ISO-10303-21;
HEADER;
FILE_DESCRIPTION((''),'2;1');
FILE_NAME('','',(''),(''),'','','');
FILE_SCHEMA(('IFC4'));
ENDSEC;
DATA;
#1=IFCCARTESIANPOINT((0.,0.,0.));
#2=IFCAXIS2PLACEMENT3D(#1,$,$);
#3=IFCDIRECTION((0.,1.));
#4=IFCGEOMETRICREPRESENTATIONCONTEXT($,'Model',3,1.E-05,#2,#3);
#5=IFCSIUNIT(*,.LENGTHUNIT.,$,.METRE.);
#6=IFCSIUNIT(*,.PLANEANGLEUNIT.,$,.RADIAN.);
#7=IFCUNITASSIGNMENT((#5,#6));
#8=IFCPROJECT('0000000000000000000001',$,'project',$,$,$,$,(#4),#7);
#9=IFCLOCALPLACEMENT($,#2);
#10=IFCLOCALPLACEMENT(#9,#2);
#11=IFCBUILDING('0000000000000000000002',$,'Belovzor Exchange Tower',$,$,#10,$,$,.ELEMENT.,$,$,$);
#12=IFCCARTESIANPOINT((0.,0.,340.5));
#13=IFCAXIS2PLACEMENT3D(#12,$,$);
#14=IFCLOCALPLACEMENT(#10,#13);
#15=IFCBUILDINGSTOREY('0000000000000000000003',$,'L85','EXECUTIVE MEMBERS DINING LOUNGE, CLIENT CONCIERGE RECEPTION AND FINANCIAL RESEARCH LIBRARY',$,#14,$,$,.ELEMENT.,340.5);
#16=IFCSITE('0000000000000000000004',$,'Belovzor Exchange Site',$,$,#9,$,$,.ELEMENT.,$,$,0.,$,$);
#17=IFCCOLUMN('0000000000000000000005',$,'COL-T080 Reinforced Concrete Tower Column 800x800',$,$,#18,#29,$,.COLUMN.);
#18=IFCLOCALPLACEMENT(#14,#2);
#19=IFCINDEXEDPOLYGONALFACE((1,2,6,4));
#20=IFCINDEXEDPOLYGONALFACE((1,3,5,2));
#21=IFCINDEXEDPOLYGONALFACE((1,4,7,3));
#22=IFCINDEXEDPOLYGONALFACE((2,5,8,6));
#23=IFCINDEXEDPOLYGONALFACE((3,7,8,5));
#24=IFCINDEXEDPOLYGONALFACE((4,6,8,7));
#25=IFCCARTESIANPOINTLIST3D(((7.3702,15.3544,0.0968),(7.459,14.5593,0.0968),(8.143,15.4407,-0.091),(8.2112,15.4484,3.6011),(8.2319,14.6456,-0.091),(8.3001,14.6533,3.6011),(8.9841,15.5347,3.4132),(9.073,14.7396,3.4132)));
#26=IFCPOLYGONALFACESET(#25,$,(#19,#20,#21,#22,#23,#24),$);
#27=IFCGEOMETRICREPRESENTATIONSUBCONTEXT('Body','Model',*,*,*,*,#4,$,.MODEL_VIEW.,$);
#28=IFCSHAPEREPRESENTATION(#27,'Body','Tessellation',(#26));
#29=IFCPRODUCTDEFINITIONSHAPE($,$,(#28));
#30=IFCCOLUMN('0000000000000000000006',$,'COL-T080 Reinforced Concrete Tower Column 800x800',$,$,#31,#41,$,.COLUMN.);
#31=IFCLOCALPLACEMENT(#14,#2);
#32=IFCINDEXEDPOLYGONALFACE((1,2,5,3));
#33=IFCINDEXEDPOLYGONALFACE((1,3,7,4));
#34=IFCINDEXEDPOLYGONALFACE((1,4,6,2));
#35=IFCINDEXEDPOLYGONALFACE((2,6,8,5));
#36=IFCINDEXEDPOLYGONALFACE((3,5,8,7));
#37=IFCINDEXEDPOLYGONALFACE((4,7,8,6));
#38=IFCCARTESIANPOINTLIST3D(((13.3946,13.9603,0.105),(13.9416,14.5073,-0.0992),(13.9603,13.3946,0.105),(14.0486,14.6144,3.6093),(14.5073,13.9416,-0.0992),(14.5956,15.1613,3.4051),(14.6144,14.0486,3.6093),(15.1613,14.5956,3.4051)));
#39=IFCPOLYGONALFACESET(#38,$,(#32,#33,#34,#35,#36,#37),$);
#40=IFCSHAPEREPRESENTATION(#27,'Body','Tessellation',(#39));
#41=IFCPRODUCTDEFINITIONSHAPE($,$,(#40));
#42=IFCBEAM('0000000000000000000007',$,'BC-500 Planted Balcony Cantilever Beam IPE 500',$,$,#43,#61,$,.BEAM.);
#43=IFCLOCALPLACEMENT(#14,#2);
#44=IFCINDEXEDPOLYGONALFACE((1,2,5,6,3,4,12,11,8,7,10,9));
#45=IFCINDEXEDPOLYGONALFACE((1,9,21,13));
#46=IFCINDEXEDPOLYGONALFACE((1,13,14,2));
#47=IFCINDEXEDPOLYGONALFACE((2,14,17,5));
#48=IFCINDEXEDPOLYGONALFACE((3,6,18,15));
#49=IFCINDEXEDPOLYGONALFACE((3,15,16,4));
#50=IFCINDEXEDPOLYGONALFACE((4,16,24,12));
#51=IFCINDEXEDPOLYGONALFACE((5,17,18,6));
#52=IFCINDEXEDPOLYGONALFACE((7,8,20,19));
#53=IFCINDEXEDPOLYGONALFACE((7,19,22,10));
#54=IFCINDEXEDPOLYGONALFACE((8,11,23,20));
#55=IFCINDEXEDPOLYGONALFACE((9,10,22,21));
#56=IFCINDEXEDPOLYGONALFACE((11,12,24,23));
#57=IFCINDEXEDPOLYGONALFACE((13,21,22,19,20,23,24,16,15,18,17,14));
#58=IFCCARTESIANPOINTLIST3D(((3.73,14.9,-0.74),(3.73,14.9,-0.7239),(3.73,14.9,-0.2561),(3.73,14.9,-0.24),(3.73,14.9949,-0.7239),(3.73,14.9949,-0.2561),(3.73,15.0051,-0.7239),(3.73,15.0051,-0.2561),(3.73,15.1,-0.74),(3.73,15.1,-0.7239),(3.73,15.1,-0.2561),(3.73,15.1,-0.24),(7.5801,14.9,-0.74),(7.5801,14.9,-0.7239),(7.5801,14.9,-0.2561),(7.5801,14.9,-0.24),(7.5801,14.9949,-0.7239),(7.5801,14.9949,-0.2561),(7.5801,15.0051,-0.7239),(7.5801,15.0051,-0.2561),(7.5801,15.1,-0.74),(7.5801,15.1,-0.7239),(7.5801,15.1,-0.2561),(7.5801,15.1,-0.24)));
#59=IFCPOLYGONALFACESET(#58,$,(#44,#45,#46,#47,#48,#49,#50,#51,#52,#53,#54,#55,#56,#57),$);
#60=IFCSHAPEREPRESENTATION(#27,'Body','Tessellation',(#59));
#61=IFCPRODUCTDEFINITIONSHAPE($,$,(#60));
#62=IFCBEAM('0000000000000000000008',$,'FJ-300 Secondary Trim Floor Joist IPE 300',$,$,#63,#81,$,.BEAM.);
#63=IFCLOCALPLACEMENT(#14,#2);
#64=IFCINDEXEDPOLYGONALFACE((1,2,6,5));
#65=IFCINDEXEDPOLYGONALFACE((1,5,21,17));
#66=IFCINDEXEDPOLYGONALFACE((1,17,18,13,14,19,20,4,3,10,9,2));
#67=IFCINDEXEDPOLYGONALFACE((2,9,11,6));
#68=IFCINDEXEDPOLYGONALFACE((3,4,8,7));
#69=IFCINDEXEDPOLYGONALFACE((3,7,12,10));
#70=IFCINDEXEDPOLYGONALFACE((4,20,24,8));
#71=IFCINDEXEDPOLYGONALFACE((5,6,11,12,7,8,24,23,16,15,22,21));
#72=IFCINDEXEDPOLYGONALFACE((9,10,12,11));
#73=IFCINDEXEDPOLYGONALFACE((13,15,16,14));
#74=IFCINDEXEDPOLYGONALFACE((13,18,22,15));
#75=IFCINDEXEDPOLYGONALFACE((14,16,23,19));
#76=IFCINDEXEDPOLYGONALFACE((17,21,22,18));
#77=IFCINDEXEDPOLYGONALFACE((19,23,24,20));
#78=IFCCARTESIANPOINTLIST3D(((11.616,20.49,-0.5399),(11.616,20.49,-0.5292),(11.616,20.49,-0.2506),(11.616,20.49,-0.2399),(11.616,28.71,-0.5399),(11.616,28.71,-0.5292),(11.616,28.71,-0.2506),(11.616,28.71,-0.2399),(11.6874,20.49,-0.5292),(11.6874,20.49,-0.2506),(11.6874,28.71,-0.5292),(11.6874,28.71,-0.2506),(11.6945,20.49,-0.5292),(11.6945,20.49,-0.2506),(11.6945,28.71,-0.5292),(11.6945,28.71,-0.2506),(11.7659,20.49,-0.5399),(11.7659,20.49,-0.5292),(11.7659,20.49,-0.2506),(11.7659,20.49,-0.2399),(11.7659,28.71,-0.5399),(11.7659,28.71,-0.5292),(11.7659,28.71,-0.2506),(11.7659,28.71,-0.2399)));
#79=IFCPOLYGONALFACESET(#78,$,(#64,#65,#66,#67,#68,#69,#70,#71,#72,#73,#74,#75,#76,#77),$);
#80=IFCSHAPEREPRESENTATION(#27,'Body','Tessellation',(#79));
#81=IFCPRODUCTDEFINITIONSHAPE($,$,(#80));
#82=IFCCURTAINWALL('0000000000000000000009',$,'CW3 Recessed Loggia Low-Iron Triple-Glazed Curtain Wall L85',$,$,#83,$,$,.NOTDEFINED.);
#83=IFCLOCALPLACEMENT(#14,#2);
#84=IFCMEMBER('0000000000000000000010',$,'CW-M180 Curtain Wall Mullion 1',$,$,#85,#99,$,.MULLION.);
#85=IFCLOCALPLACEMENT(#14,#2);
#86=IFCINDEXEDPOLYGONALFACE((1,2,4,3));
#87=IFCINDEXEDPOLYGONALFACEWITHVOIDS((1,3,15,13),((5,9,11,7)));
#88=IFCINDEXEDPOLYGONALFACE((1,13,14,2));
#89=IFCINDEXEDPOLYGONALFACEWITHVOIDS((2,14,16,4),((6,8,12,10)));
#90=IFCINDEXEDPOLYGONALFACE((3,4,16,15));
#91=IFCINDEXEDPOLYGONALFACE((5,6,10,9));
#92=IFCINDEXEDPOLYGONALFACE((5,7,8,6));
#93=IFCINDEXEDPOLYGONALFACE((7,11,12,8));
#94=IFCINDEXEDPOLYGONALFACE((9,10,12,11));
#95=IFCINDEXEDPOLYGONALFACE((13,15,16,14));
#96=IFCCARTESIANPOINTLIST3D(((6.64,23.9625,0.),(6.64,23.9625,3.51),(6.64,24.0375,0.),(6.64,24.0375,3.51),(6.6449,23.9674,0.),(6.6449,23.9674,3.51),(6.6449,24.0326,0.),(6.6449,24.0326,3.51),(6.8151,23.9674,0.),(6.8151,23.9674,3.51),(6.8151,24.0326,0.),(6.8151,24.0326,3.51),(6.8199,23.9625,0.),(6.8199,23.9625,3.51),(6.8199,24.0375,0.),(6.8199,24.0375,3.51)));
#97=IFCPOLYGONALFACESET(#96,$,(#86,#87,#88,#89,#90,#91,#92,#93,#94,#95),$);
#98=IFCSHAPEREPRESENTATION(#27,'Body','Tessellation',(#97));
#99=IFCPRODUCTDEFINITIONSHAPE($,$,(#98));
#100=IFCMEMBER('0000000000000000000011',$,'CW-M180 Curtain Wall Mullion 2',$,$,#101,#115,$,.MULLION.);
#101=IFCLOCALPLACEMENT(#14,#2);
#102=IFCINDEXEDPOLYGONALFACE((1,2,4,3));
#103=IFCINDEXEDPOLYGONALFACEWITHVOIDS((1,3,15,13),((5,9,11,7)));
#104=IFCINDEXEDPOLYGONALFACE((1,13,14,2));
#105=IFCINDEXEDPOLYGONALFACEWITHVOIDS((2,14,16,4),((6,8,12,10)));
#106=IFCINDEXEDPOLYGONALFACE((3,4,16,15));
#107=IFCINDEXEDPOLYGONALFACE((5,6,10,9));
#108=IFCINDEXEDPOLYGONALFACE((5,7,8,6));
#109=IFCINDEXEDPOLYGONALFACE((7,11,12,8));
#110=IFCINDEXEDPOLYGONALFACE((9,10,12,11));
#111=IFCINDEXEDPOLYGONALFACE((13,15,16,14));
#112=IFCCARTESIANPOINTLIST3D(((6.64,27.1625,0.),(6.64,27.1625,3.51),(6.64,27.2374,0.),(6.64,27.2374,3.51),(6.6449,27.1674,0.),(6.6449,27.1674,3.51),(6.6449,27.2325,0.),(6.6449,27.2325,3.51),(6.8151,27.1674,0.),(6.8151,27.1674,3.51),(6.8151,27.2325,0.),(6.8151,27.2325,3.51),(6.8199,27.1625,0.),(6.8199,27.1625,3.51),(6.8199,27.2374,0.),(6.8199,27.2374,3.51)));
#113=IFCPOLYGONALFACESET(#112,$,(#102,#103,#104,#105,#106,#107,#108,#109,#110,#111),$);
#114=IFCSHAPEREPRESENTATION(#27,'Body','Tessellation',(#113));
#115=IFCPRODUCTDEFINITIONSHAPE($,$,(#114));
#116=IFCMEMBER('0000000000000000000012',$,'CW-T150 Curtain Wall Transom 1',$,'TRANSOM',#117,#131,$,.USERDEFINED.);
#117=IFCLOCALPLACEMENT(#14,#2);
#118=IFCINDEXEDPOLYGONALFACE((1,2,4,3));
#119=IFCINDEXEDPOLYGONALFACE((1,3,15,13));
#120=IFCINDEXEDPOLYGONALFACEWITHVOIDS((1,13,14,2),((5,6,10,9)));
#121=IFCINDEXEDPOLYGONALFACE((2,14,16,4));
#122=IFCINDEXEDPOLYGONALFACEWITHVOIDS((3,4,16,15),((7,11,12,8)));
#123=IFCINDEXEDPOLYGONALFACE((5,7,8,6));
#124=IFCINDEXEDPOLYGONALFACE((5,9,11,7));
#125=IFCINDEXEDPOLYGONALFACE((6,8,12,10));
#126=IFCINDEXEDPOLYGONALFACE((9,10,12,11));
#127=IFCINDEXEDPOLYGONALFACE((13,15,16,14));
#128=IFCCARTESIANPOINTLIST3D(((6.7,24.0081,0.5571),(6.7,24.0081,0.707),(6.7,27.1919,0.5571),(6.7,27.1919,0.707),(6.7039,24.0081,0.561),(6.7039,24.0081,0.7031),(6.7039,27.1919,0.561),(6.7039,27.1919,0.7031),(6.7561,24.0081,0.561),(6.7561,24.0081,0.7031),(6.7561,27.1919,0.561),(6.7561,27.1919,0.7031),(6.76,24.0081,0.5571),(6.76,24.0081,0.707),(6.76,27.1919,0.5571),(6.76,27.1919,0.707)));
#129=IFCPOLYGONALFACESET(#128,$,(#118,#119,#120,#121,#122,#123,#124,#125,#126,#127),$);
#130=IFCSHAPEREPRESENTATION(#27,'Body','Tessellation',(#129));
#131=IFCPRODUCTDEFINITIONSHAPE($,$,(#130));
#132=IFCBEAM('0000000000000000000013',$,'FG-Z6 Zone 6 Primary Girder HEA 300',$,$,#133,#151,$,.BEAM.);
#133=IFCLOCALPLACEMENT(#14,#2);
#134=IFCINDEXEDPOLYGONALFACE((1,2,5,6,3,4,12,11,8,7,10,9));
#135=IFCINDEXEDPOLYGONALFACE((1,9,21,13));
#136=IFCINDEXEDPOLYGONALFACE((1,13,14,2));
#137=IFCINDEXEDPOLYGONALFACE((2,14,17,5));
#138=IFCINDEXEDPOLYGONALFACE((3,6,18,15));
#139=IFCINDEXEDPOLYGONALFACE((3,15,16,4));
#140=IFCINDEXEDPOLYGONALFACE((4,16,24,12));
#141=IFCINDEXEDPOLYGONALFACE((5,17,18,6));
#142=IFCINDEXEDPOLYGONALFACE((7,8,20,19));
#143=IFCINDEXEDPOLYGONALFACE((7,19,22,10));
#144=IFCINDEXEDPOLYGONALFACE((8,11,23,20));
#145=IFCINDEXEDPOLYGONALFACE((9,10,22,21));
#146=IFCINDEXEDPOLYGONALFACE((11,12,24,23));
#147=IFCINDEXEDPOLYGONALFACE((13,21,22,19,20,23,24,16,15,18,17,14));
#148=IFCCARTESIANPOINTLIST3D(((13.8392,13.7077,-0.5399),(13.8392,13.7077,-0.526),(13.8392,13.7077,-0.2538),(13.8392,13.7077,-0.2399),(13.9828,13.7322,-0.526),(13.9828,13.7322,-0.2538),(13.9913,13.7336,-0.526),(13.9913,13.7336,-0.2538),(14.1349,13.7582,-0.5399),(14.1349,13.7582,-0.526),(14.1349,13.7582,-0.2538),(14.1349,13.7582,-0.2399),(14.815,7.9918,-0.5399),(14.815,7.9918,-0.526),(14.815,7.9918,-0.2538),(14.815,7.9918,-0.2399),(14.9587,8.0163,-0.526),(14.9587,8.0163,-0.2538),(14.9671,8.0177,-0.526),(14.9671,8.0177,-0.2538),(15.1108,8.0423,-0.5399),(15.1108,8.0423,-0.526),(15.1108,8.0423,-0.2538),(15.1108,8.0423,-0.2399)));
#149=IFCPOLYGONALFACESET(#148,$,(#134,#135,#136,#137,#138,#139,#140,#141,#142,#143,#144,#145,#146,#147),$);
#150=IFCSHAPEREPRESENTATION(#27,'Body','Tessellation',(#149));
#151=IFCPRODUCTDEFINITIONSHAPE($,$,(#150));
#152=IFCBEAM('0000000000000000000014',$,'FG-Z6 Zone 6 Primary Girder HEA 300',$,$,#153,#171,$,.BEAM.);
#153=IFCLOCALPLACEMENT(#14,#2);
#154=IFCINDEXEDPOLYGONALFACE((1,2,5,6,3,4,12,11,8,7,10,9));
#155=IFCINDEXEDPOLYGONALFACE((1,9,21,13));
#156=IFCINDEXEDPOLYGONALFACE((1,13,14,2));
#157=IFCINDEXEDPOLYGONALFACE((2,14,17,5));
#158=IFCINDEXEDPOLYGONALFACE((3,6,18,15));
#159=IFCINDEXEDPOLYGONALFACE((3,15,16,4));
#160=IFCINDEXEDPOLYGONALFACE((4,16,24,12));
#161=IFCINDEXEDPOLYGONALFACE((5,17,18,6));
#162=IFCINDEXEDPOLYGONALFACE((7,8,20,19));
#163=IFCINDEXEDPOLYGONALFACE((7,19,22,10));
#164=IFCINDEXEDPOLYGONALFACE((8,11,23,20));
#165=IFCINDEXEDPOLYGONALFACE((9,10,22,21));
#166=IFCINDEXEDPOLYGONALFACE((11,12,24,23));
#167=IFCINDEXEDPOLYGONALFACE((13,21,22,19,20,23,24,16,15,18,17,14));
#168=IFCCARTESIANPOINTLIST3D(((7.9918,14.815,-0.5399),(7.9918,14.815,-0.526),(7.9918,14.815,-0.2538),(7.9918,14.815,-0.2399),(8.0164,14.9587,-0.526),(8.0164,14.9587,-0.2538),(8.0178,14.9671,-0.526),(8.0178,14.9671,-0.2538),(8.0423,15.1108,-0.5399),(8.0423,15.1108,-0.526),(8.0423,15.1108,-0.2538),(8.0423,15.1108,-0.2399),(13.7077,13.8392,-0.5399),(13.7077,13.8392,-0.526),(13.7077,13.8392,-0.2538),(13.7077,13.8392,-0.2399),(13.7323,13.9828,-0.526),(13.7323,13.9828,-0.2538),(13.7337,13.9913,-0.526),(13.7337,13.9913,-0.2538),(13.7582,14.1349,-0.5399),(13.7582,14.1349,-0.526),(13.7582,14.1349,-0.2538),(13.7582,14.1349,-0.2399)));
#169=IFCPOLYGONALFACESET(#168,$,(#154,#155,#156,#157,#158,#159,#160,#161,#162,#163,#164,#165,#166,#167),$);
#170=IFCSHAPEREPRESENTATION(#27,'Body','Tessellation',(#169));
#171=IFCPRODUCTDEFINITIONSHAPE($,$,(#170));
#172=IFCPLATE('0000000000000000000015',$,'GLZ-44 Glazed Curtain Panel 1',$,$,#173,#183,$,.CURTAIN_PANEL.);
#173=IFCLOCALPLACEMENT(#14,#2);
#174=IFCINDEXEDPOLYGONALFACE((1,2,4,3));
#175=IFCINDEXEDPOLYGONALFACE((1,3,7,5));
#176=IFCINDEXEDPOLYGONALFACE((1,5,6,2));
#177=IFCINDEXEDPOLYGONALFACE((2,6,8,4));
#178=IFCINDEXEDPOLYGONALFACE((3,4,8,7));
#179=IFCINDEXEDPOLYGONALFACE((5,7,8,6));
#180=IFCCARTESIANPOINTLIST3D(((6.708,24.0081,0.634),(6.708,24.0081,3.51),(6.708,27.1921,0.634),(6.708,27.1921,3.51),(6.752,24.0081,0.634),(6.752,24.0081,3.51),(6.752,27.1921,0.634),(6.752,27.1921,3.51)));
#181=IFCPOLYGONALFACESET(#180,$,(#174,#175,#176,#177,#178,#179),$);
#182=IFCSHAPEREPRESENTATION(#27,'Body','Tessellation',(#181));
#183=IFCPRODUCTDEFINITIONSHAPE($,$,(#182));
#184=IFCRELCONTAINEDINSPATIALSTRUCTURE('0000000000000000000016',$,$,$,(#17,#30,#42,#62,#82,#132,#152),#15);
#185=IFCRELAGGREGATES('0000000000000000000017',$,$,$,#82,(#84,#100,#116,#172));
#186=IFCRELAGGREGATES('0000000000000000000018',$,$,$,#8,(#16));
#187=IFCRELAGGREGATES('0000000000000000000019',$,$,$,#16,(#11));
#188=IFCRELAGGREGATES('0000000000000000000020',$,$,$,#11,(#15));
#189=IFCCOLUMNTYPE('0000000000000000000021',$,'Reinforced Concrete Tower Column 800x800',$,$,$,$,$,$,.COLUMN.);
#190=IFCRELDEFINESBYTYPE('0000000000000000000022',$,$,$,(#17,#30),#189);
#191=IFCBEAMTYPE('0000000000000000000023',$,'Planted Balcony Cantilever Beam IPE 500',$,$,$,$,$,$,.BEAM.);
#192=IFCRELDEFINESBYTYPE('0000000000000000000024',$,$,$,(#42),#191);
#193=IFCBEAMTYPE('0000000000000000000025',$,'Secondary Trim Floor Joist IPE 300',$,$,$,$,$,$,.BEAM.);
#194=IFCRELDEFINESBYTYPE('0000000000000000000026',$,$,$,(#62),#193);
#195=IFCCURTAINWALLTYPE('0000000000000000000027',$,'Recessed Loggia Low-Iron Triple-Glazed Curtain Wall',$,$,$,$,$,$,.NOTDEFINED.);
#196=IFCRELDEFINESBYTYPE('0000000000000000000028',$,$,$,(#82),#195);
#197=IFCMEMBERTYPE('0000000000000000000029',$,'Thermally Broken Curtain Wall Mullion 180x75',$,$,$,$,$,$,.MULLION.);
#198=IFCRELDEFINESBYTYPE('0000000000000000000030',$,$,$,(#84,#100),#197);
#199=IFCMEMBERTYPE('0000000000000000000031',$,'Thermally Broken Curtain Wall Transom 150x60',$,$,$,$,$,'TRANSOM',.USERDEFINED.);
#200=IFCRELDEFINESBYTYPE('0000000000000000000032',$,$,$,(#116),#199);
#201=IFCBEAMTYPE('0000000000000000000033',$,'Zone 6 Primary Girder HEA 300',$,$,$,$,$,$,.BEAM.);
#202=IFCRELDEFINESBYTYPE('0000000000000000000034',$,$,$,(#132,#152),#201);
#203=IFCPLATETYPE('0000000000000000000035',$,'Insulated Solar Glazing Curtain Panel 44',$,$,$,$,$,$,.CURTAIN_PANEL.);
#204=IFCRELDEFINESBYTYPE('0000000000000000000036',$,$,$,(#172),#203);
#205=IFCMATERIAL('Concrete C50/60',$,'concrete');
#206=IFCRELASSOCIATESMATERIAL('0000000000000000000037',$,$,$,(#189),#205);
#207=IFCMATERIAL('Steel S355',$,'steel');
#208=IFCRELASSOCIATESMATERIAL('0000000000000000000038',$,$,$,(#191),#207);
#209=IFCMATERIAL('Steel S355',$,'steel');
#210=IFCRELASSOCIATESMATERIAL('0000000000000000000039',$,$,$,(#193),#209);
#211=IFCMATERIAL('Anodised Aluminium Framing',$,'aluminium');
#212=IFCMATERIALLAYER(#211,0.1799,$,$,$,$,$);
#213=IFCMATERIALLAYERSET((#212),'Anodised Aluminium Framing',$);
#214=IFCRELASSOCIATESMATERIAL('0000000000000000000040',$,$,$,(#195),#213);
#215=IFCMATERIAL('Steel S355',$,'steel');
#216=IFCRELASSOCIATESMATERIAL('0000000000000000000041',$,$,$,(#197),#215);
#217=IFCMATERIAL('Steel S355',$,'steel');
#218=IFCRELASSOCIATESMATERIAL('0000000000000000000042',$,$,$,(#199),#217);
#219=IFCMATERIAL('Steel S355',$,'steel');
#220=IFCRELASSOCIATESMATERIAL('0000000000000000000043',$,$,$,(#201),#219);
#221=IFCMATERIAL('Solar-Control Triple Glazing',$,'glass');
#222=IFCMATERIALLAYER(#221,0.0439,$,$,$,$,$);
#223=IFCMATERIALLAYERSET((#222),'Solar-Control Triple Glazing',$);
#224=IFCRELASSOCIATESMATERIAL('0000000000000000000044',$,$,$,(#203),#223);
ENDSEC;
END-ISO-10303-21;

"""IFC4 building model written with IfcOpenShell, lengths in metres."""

from ifc_helpers import new_model, si_unit, direction, frame, origin, origin_2d, place, context, subcontext, project, spatial, rectangle, hollow_rectangle, i_section, extrude, material, layer, layer_set, material_profile, profile_set, type_object, element, aggregate, save


model = new_model("IFC4")

# Units and contexts
model_context = context("Model", 3, precision=1e-05, world=origin(), true_north=direction((0.0, 1.0)))
body_context = subcontext(model_context, "Body", "Model", "MODEL_VIEW")
ifc_project = project(units=[si_unit("LENGTHUNIT", "METRE"), si_unit("PLANEANGLEUNIT", "RADIAN")], contexts=[model_context])

# Site, building, storey
site_placement = place(None, origin())
site = spatial("IfcSite", under=ifc_project, at=site_placement, Name="Belovzor Exchange Site", CompositionType="ELEMENT", RefElevation=0.0)
building_placement = place(site_placement, origin())
building = spatial("IfcBuilding", under=site, at=building_placement, Name="Belovzor Exchange Tower", CompositionType="ELEMENT")
storey_placement = place(building_placement, frame((0.0, 0.0, 340.5)))
storey = spatial("IfcBuildingStorey", under=building, at=storey_placement, Name="L85", Description="EXECUTIVE MEMBERS DINING LOUNGE, CLIENT CONCIERGE RECEPTION AND FINANCIAL RESEARCH LIBRARY", CompositionType="ELEMENT", Elevation=340.5)

# Columns
ifc_material_1 = material(Name="Concrete C50/60", Category="concrete")
ifc_material_profile_1 = material_profile(ifc_material_1, rectangle(XDim=0.8, YDim=0.8, at=origin_2d()))
ifc_profile_set_1 = profile_set([ifc_material_profile_1], Name="Concrete C50/60")
column_type = type_object("IfcColumnType", Name="Reinforced Concrete Tower Column 800x800", PredefinedType="COLUMN", material=ifc_profile_set_1)
column_1_placement = place(storey_placement, frame((7.801, 15.0, 0.0029), z_axis=(0.233312, 0.026074, 0.972052), x_axis=(-0.111065, 0.993813, 0.0)))
element("IfcColumn", 1, at=column_1_placement, inside=storey, type_object=column_type, Name="COL-T080 Reinforced Concrete Tower Column 800x800", PredefinedType="COLUMN", context=body_context, shape_type="SweptSolid", body=[
    extrude(rectangle(XDim=0.8, YDim=0.8, at=origin_2d()), origin(), (0.0, 0.0, 1.0), 3.605),
])
column_2_placement = place(storey_placement, frame((13.9509, 13.9509, 0.0029), z_axis=(0.180469, 0.180469, 0.966882), x_axis=(-0.707107, 0.707107, 0.0)))
element("IfcColumn", 2, at=column_2_placement, inside=storey, type_object=column_type, Name="COL-T080 Reinforced Concrete Tower Column 800x800", PredefinedType="COLUMN", context=body_context, shape_type="SweptSolid", body=[
    extrude(rectangle(XDim=0.8, YDim=0.8, at=origin_2d()), origin(), (0.0, 0.0, 1.0), 3.6243),
])

# Beams
ifc_material_2 = material(Name="Steel S355", Category="steel")
ifc_material_profile_2 = material_profile(ifc_material_2, i_section(OverallWidth=0.2, OverallDepth=0.5, WebThickness=0.0103, FlangeThickness=0.0161, at=origin_2d()))
ifc_profile_set_2 = profile_set([ifc_material_profile_2], Name="Steel S355")
beam_type_1 = type_object("IfcBeamType", Name="Planted Balcony Cantilever Beam IPE 500", PredefinedType="BEAM", material=ifc_profile_set_2)
beam_1_placement = place(storey_placement, frame((7.5801, 15.0, -0.49), z_axis=(-1.0, 0.0, 0.0), x_axis=(0.0, -1.0, 0.0)))
element("IfcBeam", 3, at=beam_1_placement, inside=storey, type_object=beam_type_1, Name="BC-500 Planted Balcony Cantilever Beam IPE 500", PredefinedType="BEAM", context=body_context, shape_type="SweptSolid", body=[
    extrude(i_section(OverallWidth=0.2, OverallDepth=0.5, WebThickness=0.0103, FlangeThickness=0.0161, at=origin_2d()), origin(), (0.0, 0.0, 1.0), 3.8501),
])
ifc_material_3 = material(Name="Steel S355", Category="steel")
ifc_material_profile_3 = material_profile(ifc_material_3, i_section(OverallWidth=0.1499, OverallDepth=0.3, WebThickness=0.0071, FlangeThickness=0.0107, at=origin_2d()))
ifc_profile_set_3 = profile_set([ifc_material_profile_3], Name="Steel S355")
beam_type_2 = type_object("IfcBeamType", Name="Secondary Trim Floor Joist IPE 300", PredefinedType="BEAM", material=ifc_profile_set_3)
beam_2_placement = place(storey_placement, frame((11.6909, 20.49, -0.3899), z_axis=(0.0, 1.0, 0.0), x_axis=(-1.0, 0.0, 0.0)))
element("IfcBeam", 4, at=beam_2_placement, inside=storey, type_object=beam_type_2, Name="FJ-300 Secondary Trim Floor Joist IPE 300", PredefinedType="BEAM", context=body_context, shape_type="SweptSolid", body=[
    extrude(i_section(OverallWidth=0.1499, OverallDepth=0.3, WebThickness=0.0071, FlangeThickness=0.0107, at=origin_2d()), origin(), (0.0, 0.0, 1.0), 8.22),
])

# Curtain wall, members
ifc_material_4 = material(Name="Anodised Aluminium Framing", Category="aluminium")
ifc_layer_1 = layer(ifc_material_4, 0.1799)
ifc_layer_set_1 = layer_set([ifc_layer_1], Name="Anodised Aluminium Framing")
curtain_wall_type = type_object("IfcCurtainWallType", Name="Recessed Loggia Low-Iron Triple-Glazed Curtain Wall", PredefinedType="NOTDEFINED", material=ifc_layer_set_1)
curtain_wall_placement = place(storey_placement, origin())
curtain_wall = element("IfcCurtainWall", 5, at=curtain_wall_placement, inside=storey, type_object=curtain_wall_type, Name="CW3 Recessed Loggia Low-Iron Triple-Glazed Curtain Wall L85", PredefinedType="NOTDEFINED")
ifc_material_5 = material(Name="Steel S355", Category="steel")
ifc_material_profile_4 = material_profile(ifc_material_5, hollow_rectangle(XDim=0.075, YDim=0.1799, WallThickness=0.0049, at=origin_2d()))
ifc_profile_set_4 = profile_set([ifc_material_profile_4], Name="Steel S355")
member_type_1 = type_object("IfcMemberType", Name="Thermally Broken Curtain Wall Mullion 180x75", PredefinedType="MULLION", material=ifc_profile_set_4)
member_1_placement = place(storey_placement, frame((6.73, 24.0, 0.0), z_axis=(0.0, 0.0, 1.0), x_axis=(0.0, 1.0, 0.0)))
member_1 = element("IfcMember", 6, at=member_1_placement, type_object=member_type_1, Name="CW-M180 Curtain Wall Mullion 1", PredefinedType="MULLION", context=body_context, shape_type="SweptSolid", body=[
    extrude(hollow_rectangle(XDim=0.075, YDim=0.1799, WallThickness=0.0049, at=origin_2d()), origin(), (0.0, 0.0, 1.0), 3.51),
])
member_2_placement = place(storey_placement, frame((6.73, 27.2, 0.0), z_axis=(0.0, 0.0, 1.0), x_axis=(0.0, 1.0, 0.0)))
member_2 = element("IfcMember", 7, at=member_2_placement, type_object=member_type_1, Name="CW-M180 Curtain Wall Mullion 2", PredefinedType="MULLION", context=body_context, shape_type="SweptSolid", body=[
    extrude(hollow_rectangle(XDim=0.075, YDim=0.1799, WallThickness=0.0049, at=origin_2d()), origin(), (0.0, 0.0, 1.0), 3.51),
])
ifc_material_6 = material(Name="Steel S355", Category="steel")
ifc_material_profile_5 = material_profile(ifc_material_6, hollow_rectangle(XDim=0.0601, YDim=0.1499, WallThickness=0.0039, at=origin_2d()))
ifc_profile_set_5 = profile_set([ifc_material_profile_5], Name="Steel S355")
member_type_2 = type_object("IfcMemberType", Name="Thermally Broken Curtain Wall Transom 150x60", ElementType="TRANSOM", PredefinedType="USERDEFINED", material=ifc_profile_set_5)
member_3_placement = place(storey_placement, frame((6.73, 24.0081, 0.6321), z_axis=(0.0, 1.0, 0.0), x_axis=(-1.0, 0.0, 0.0)))
member_3 = element("IfcMember", 8, at=member_3_placement, type_object=member_type_2, Name="CW-T150 Curtain Wall Transom 1", ObjectType="TRANSOM", PredefinedType="USERDEFINED", context=body_context, shape_type="SweptSolid", body=[
    extrude(hollow_rectangle(XDim=0.0601, YDim=0.1499, WallThickness=0.0039, at=origin_2d()), origin(), (0.0, 0.0, 1.0), 3.1838),
])

# Beams
ifc_material_7 = material(Name="Steel S355", Category="steel")
ifc_material_profile_6 = material_profile(ifc_material_7, i_section(OverallWidth=0.3, OverallDepth=0.3, WebThickness=0.0085, FlangeThickness=0.0139, at=origin_2d()))
ifc_profile_set_6 = profile_set([ifc_material_profile_6], Name="Steel S355")
beam_type_3 = type_object("IfcBeamType", Name="Zone 6 Primary Girder HEA 300", PredefinedType="BEAM", material=ifc_profile_set_6)
for number, where, z_axis, x_axis, name in (
    (9, (13.9871, 13.7329, -0.3899), (0.168289, -0.985738, 0.0), (0.985738, 0.168289, 0.0), "FG-Z6 Zone 6 Primary Girder HEA 300"),
    (10, (8.0171, 14.9629, -0.3899), (0.985738, -0.168289, 0.0), (0.168289, 0.985738, 0.0), "FG-Z6 Zone 6 Primary Girder HEA 300"),
):
    element("IfcBeam", number, at=place(storey_placement, frame(where, z_axis=z_axis, x_axis=x_axis)), inside=storey, type_object=beam_type_3, Name=name, PredefinedType="BEAM", context=body_context, shape_type="SweptSolid", body=[
        extrude(i_section(OverallWidth=0.3, OverallDepth=0.3, WebThickness=0.0085, FlangeThickness=0.0139, at=origin_2d()), origin(), (0.0, 0.0, 1.0), 5.7986),
    ])

# Plate
ifc_material_8 = material(Name="Solar-Control Triple Glazing", Category="glass")
ifc_layer_2 = layer(ifc_material_8, 0.0439)
ifc_layer_set_2 = layer_set([ifc_layer_2], Name="Solar-Control Triple Glazing")
plate_type_1 = type_object("IfcPlateType", Name="Insulated Solar Glazing Curtain Panel 44", PredefinedType="CURTAIN_PANEL", material=ifc_layer_set_2)
plate_1_placement = place(storey_placement, frame((6.73, 25.6001, 0.634), z_axis=(0.0, 0.0, 1.0), x_axis=(0.0, 1.0, 0.0)))
plate_1 = element("IfcPlate", 11, at=plate_1_placement, type_object=plate_type_1, Name="GLZ-44 Glazed Curtain Panel 1", PredefinedType="CURTAIN_PANEL", context=body_context, shape_type="SweptSolid", body=[
    extrude(rectangle(XDim=3.1841, YDim=0.0439, at=origin_2d()), origin(), (0.0, 0.0, 1.0), 2.876),
])
aggregate(curtain_wall, [member_1, member_2, member_3, plate_1])

save(model, "model.ifc")
